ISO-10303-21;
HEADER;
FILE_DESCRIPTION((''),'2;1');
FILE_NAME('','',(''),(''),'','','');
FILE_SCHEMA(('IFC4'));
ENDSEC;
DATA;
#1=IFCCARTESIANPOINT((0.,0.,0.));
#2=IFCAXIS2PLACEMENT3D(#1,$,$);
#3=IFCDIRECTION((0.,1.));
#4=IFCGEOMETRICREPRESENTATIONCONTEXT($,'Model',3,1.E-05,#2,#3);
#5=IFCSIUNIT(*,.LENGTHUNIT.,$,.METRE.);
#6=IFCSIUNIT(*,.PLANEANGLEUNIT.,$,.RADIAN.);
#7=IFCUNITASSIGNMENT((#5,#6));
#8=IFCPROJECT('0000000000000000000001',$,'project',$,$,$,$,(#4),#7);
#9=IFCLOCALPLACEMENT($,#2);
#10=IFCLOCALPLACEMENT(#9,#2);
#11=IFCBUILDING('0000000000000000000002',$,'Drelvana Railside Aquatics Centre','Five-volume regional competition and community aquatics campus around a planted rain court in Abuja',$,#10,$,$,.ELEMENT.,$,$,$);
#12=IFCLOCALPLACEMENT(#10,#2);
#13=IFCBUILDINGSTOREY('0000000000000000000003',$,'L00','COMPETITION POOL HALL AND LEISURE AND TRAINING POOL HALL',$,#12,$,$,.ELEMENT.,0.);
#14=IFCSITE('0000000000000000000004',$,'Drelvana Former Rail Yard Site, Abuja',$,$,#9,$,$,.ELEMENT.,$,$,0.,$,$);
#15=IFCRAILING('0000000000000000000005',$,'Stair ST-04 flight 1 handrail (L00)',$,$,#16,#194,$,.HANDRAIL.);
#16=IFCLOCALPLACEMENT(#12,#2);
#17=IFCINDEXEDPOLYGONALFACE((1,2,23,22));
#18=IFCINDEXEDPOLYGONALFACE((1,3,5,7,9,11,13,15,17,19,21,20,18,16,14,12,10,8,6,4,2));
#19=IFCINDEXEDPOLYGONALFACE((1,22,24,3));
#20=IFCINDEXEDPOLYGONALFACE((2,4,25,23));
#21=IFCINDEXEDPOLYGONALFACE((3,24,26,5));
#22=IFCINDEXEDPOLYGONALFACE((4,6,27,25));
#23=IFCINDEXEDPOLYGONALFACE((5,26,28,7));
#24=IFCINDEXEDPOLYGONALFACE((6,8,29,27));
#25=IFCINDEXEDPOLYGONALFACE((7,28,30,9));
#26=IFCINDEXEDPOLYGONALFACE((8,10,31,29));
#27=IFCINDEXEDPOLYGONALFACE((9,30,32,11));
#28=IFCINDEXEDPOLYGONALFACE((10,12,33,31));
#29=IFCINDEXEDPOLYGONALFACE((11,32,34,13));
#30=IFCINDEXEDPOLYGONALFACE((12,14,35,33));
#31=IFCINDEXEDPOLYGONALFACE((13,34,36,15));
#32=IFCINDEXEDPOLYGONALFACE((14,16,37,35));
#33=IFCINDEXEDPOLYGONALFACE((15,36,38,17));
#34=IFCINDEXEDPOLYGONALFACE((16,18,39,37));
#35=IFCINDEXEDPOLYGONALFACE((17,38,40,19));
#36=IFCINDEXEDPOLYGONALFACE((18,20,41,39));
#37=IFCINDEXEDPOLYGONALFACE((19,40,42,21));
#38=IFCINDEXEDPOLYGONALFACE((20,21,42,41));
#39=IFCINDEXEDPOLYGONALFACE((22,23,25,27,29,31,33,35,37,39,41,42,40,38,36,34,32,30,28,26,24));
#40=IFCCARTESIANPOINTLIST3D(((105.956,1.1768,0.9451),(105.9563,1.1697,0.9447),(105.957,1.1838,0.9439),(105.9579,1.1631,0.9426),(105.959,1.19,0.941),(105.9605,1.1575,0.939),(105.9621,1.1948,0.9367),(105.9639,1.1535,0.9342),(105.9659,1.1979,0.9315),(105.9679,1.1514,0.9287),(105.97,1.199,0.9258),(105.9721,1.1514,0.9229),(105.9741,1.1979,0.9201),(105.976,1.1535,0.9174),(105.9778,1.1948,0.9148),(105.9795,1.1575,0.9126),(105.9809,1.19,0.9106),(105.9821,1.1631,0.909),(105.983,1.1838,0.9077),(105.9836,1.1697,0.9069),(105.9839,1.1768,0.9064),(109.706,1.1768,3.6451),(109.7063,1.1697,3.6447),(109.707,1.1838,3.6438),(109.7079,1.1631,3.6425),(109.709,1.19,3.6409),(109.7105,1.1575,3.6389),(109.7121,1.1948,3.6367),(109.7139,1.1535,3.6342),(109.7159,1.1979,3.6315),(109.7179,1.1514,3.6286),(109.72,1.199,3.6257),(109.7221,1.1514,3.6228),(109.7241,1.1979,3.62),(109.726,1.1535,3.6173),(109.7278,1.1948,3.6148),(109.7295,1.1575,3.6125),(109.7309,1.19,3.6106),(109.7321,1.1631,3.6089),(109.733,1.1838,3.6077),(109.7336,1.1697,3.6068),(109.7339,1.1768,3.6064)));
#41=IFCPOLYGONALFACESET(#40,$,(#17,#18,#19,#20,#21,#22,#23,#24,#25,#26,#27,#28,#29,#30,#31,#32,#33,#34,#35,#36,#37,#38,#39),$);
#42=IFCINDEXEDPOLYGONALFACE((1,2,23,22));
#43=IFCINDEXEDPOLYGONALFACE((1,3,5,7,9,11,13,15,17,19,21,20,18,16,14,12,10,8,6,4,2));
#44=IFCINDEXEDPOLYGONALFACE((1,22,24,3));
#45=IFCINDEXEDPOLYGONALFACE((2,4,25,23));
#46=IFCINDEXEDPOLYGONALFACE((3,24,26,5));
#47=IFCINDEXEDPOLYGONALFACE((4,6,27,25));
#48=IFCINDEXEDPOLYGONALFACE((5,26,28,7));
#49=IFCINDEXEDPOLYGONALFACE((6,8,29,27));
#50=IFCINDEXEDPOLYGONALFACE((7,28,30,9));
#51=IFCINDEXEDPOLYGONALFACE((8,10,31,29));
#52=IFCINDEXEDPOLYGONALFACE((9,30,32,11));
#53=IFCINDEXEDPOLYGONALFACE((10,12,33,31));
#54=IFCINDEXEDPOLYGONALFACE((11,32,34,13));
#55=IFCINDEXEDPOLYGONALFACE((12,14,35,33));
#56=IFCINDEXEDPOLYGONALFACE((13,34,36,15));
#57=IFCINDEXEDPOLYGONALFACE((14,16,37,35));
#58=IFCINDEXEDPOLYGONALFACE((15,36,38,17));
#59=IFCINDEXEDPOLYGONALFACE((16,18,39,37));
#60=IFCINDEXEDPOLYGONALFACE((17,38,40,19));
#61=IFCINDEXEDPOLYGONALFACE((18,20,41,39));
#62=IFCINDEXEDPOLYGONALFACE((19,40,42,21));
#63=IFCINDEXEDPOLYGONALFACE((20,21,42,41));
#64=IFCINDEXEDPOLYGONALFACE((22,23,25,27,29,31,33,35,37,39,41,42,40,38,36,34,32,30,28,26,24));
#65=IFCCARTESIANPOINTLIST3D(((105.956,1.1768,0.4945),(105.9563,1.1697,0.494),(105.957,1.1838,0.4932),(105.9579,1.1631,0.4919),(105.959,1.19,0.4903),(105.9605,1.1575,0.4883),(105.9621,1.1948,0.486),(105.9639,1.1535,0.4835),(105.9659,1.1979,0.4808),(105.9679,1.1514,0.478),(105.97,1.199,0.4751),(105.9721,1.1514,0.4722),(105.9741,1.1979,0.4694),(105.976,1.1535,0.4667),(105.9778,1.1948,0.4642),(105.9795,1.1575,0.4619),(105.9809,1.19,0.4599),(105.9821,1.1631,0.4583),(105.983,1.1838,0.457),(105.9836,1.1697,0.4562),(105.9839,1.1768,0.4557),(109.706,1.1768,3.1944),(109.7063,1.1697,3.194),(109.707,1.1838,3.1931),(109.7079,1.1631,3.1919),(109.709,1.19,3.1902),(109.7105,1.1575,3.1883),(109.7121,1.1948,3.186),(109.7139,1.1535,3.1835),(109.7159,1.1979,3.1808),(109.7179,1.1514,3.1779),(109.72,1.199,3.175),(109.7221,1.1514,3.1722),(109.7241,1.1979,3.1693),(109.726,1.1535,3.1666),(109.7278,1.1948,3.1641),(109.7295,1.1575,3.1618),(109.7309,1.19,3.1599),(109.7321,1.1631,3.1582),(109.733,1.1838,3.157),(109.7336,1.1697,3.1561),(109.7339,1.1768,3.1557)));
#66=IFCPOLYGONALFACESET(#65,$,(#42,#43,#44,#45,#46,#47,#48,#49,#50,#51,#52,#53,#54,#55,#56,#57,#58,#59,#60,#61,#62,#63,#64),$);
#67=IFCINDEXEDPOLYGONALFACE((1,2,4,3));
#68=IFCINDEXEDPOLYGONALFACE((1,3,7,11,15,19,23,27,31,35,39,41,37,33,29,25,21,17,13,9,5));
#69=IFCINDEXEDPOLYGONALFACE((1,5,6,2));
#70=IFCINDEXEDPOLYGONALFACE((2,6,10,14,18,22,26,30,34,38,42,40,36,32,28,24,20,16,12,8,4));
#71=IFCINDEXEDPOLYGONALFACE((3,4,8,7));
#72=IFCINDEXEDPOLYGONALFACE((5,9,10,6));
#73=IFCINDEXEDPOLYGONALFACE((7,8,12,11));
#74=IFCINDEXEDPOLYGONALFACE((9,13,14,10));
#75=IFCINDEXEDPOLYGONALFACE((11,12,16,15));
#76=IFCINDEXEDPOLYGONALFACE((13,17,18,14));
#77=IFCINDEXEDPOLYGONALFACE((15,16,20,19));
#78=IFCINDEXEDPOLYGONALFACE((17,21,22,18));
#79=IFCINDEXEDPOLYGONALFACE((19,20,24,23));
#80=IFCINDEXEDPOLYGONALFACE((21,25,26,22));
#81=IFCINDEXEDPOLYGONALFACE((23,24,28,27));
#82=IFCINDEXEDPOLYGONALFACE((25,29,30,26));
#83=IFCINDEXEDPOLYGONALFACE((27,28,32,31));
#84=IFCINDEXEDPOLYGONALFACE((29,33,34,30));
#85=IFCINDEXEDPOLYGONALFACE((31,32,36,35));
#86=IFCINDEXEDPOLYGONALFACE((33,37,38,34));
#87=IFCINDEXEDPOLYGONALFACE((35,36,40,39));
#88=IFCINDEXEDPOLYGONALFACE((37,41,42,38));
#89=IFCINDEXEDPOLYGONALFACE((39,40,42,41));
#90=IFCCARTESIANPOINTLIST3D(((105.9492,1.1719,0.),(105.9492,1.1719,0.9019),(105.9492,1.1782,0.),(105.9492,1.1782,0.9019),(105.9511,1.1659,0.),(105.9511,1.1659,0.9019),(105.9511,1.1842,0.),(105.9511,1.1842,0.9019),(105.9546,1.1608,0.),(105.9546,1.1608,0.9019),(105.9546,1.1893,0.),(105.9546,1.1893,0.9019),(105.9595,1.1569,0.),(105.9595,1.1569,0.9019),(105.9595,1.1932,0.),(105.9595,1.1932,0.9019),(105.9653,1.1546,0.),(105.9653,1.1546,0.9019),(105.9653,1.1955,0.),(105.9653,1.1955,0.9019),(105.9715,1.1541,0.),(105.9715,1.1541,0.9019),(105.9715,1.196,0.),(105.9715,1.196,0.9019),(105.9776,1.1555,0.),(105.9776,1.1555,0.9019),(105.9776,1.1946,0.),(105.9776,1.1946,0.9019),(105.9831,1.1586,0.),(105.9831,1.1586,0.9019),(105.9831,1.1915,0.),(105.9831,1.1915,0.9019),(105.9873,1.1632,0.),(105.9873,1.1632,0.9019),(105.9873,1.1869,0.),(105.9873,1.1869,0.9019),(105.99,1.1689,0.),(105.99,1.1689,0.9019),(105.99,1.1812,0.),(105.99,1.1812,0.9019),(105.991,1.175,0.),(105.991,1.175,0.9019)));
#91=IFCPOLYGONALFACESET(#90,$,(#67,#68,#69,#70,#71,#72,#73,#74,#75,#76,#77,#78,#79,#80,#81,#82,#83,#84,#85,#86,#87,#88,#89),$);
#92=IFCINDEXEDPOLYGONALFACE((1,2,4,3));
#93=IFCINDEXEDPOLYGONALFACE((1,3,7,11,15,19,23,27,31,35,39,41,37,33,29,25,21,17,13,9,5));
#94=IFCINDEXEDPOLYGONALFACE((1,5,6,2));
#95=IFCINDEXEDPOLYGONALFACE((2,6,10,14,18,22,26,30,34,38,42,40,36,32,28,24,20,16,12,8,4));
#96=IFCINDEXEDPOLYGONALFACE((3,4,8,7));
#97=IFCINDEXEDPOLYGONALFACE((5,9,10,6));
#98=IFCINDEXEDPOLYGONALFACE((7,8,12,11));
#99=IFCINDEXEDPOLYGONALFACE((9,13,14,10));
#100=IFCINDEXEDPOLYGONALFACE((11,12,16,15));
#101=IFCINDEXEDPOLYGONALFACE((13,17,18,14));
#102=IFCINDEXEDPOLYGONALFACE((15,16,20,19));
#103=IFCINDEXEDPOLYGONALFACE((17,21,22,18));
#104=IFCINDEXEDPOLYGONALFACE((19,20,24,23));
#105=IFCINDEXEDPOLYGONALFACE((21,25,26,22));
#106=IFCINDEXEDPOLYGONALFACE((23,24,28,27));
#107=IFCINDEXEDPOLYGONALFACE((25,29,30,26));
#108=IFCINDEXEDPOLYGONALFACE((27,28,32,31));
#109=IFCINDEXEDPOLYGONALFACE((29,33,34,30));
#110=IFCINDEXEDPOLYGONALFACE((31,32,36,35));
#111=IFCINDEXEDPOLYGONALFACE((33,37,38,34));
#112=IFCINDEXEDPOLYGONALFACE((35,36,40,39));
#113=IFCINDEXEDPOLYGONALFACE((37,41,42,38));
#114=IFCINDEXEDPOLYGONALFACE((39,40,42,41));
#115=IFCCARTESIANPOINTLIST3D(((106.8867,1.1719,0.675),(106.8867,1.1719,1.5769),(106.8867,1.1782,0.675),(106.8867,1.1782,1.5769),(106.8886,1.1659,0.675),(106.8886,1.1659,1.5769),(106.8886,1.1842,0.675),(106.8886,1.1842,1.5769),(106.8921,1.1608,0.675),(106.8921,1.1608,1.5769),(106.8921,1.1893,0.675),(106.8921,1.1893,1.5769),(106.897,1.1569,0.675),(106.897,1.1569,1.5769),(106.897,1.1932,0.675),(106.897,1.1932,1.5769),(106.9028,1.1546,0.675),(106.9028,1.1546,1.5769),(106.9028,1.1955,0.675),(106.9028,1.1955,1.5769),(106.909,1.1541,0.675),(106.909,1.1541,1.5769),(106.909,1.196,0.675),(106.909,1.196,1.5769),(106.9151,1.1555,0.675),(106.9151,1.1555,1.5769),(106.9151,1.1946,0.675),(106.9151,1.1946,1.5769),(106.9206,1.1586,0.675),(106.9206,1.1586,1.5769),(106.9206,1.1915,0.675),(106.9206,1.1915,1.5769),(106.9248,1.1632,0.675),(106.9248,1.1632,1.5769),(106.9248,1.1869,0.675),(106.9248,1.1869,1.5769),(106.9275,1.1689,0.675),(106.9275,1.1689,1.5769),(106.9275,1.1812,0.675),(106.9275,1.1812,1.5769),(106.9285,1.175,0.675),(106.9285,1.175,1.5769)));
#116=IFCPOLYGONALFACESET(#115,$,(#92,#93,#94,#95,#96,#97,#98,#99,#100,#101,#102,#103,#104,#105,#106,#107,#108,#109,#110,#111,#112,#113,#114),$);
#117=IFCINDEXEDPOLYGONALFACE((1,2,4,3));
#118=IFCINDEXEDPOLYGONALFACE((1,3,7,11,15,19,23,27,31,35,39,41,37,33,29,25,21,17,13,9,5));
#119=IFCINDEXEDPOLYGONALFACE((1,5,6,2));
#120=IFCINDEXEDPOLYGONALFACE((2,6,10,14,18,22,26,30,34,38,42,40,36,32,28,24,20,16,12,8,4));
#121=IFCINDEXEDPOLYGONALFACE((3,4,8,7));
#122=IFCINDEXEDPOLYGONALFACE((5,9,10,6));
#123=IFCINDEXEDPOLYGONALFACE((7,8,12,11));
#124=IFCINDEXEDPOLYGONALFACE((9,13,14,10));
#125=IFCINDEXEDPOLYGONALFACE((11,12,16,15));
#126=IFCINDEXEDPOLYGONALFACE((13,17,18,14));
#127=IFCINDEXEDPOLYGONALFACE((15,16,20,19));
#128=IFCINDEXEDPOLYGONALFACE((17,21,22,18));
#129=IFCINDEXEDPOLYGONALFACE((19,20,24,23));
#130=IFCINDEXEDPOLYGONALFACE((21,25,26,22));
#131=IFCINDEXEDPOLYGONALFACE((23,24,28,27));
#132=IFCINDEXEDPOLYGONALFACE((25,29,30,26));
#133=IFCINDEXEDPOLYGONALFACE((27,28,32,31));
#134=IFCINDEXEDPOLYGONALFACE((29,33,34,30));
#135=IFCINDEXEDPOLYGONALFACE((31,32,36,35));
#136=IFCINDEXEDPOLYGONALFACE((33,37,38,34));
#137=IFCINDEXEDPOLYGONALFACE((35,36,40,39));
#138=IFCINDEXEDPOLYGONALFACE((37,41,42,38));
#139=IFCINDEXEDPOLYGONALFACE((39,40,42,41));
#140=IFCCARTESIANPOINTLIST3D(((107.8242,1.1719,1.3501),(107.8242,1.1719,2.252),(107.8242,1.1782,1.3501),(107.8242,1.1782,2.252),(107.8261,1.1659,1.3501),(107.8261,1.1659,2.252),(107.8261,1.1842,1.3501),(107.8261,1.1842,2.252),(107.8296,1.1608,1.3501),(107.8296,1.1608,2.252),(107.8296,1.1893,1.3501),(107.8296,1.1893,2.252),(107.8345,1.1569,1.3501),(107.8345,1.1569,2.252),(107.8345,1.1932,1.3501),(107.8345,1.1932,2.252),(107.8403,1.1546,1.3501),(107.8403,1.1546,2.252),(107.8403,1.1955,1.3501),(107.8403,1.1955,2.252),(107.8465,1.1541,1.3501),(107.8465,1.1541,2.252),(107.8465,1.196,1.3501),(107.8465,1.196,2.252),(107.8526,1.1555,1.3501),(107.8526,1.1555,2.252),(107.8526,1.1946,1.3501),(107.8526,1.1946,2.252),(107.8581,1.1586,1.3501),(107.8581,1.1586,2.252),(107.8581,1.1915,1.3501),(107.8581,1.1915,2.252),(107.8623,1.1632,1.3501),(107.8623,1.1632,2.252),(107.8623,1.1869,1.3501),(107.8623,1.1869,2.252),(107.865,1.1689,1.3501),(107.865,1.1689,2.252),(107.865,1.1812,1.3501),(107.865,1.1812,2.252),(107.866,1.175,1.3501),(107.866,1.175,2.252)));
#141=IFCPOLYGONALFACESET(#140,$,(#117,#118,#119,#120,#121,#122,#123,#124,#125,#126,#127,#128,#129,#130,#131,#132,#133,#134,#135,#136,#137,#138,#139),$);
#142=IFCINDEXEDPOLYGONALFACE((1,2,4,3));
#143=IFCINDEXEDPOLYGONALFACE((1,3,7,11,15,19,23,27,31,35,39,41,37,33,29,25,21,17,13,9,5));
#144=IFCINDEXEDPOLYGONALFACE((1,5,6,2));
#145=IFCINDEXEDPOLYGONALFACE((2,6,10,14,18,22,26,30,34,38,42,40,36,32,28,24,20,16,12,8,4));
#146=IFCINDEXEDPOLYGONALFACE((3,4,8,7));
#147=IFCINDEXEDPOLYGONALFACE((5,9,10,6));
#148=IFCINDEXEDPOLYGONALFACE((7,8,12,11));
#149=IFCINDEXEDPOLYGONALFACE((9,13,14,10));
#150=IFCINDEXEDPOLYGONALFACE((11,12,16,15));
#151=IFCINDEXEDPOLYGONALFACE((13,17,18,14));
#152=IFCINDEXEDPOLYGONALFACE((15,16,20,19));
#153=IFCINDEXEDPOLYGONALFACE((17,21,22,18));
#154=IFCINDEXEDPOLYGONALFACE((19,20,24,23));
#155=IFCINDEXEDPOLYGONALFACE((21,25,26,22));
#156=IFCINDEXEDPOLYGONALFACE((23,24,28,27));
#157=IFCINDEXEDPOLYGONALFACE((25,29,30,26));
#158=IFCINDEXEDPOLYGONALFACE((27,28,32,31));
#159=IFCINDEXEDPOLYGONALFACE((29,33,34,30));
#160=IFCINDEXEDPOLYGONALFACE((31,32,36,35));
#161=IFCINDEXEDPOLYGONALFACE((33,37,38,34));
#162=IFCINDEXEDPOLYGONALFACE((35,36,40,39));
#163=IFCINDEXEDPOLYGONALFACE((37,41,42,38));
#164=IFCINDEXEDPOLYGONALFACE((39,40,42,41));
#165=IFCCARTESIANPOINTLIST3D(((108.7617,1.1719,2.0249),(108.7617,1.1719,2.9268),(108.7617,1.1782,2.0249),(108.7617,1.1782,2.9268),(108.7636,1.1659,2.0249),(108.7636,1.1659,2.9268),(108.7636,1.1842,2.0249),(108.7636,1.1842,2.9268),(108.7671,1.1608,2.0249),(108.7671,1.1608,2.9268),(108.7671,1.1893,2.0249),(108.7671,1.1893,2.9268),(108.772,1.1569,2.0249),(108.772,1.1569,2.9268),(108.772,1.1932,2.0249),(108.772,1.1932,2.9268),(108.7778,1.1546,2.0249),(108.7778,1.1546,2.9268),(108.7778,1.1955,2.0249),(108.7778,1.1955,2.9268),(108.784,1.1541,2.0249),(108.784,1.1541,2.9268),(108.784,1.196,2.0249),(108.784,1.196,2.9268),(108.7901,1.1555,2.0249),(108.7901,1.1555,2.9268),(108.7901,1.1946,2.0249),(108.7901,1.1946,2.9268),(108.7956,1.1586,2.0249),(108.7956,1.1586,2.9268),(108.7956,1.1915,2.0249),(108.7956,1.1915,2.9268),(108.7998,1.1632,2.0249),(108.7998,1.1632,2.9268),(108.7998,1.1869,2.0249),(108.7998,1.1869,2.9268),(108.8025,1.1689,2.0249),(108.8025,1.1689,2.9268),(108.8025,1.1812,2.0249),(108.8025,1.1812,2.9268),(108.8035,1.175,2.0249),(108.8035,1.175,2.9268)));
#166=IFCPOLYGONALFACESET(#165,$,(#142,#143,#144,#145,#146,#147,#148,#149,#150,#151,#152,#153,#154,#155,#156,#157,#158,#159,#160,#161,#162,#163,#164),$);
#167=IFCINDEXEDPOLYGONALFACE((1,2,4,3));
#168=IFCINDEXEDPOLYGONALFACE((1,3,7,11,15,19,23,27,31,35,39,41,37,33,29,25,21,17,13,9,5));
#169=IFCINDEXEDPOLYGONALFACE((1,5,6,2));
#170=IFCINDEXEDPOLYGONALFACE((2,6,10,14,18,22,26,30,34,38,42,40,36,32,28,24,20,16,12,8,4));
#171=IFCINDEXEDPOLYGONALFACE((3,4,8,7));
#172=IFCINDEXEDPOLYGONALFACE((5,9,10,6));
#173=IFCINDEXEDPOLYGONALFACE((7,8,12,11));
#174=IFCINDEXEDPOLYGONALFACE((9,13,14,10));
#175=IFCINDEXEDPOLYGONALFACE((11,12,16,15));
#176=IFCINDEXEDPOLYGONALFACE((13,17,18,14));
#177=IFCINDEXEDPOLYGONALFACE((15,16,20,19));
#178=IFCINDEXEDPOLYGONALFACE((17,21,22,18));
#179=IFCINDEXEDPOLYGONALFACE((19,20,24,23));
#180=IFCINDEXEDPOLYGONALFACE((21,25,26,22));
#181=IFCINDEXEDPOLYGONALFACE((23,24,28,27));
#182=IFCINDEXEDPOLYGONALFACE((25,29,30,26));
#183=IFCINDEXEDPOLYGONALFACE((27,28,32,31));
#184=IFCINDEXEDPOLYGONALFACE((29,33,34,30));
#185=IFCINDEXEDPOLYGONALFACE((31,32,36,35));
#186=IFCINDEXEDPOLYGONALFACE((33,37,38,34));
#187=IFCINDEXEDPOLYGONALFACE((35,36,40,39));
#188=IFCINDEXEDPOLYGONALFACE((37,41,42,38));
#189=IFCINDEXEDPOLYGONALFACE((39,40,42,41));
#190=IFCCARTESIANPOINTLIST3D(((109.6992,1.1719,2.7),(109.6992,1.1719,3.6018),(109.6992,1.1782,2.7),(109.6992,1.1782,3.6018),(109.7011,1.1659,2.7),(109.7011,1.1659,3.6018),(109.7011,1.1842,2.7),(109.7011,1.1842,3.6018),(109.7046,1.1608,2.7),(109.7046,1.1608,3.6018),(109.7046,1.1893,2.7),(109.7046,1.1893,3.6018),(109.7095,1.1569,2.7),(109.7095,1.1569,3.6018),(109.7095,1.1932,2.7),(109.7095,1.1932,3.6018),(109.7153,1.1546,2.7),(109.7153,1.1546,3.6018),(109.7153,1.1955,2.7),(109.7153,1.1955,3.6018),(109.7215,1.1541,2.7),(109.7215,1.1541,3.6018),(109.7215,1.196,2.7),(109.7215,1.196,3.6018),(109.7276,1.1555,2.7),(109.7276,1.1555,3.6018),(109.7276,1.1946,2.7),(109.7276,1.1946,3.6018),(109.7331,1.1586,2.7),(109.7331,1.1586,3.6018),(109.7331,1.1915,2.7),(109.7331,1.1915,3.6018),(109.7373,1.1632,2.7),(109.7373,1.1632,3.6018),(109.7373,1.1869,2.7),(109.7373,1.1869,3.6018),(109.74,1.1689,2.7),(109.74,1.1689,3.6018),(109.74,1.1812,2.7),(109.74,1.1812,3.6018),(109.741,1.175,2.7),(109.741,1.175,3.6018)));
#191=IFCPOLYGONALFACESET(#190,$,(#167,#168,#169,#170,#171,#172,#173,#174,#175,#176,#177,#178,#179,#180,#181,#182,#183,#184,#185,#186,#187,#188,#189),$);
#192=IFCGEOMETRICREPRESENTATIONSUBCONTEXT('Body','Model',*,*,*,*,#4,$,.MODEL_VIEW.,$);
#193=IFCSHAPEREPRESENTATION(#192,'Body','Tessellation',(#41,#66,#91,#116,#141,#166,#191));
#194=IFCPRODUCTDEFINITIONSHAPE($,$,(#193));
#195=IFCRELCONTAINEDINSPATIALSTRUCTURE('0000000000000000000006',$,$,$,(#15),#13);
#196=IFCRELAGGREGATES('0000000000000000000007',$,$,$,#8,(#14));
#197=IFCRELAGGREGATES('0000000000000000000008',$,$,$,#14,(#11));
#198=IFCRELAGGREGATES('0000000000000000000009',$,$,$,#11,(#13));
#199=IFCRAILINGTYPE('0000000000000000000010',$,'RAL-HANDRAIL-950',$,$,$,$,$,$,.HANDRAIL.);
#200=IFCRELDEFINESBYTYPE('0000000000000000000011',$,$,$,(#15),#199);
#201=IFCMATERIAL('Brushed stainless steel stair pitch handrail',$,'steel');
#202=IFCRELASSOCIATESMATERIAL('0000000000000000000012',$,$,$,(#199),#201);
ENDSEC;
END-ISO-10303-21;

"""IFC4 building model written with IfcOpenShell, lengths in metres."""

from ifc_helpers import new_model, si_unit, direction, frame, origin, origin_2d, place, context, subcontext, project, spatial, circle, extrude, material, type_object, element, save


model = new_model("IFC4")

# Units and contexts
model_context = context("Model", 3, precision=1e-05, world=origin(), true_north=direction((0.0, 1.0)))
body_context = subcontext(model_context, "Body", "Model", "MODEL_VIEW")
ifc_project = project(units=[si_unit("LENGTHUNIT", "METRE"), si_unit("PLANEANGLEUNIT", "RADIAN")], contexts=[model_context])

# Site, building, storey
site_placement = place(None, origin())
site = spatial("IfcSite", under=ifc_project, at=site_placement, Name="Drelvana Former Rail Yard Site, Abuja", CompositionType="ELEMENT", RefElevation=0.0)
building_placement = place(site_placement, origin())
building = spatial("IfcBuilding", under=site, at=building_placement, Name="Drelvana Railside Aquatics Centre", Description="Five-volume regional competition and community aquatics campus around a planted rain court in Abuja", CompositionType="ELEMENT")
storey_placement = place(building_placement, origin())
storey = spatial("IfcBuildingStorey", under=building, at=storey_placement, Name="L00", Description="COMPETITION POOL HALL AND LEISURE AND TRAINING POOL HALL", CompositionType="ELEMENT", Elevation=0.0)

# Railing
ifc_material_1 = material(Name="Brushed stainless steel stair pitch handrail", Category="steel")
railing_type = type_object("IfcRailingType", Name="RAL-HANDRAIL-950", PredefinedType="HANDRAIL", material=ifc_material_1)
railing_1_placement = place(storey_placement, frame((105.97, 1.175, 0.0)))
element("IfcRailing", 1, at=railing_1_placement, inside=storey, type_object=railing_type, Name="Stair ST-04 flight 1 handrail (L00)", PredefinedType="HANDRAIL", context=body_context, shape_type="SweptSolid", body=[
    extrude(circle(Radius=0.0239, at=origin_2d()), frame((0.0, 0.0, 0.9258), z_axis=(0.811539, 0.0, 0.584298), x_axis=(0.0, 1.0, 0.0)), (0.0, 0.0, 1.0), 4.6208),
    extrude(circle(Radius=0.0239, at=origin_2d()), frame((0.0, 0.0, 0.4751), z_axis=(0.811539, 0.0, 0.584298), x_axis=(0.0, 1.0, 0.0)), (0.0, 0.0, 1.0), 4.6208),
    extrude(circle(Radius=0.021, at=origin_2d()), origin(), (0.0, 0.0, 1.0), 0.9019),
    extrude(circle(Radius=0.021, at=origin_2d()), frame((0.9375, 0.0, 0.675)), (0.0, 0.0, 1.0), 0.9019),
    extrude(circle(Radius=0.021, at=origin_2d()), frame((1.875, 0.0, 1.3501)), (0.0, 0.0, 1.0), 0.9019),
    extrude(circle(Radius=0.021, at=origin_2d()), frame((2.8125, 0.0, 2.0249)), (0.0, 0.0, 1.0), 0.9019),
    extrude(circle(Radius=0.021, at=origin_2d()), frame((3.75, 0.0, 2.7)), (0.0, 0.0, 1.0), 0.9019),
])

save(model, "model.ifc")
